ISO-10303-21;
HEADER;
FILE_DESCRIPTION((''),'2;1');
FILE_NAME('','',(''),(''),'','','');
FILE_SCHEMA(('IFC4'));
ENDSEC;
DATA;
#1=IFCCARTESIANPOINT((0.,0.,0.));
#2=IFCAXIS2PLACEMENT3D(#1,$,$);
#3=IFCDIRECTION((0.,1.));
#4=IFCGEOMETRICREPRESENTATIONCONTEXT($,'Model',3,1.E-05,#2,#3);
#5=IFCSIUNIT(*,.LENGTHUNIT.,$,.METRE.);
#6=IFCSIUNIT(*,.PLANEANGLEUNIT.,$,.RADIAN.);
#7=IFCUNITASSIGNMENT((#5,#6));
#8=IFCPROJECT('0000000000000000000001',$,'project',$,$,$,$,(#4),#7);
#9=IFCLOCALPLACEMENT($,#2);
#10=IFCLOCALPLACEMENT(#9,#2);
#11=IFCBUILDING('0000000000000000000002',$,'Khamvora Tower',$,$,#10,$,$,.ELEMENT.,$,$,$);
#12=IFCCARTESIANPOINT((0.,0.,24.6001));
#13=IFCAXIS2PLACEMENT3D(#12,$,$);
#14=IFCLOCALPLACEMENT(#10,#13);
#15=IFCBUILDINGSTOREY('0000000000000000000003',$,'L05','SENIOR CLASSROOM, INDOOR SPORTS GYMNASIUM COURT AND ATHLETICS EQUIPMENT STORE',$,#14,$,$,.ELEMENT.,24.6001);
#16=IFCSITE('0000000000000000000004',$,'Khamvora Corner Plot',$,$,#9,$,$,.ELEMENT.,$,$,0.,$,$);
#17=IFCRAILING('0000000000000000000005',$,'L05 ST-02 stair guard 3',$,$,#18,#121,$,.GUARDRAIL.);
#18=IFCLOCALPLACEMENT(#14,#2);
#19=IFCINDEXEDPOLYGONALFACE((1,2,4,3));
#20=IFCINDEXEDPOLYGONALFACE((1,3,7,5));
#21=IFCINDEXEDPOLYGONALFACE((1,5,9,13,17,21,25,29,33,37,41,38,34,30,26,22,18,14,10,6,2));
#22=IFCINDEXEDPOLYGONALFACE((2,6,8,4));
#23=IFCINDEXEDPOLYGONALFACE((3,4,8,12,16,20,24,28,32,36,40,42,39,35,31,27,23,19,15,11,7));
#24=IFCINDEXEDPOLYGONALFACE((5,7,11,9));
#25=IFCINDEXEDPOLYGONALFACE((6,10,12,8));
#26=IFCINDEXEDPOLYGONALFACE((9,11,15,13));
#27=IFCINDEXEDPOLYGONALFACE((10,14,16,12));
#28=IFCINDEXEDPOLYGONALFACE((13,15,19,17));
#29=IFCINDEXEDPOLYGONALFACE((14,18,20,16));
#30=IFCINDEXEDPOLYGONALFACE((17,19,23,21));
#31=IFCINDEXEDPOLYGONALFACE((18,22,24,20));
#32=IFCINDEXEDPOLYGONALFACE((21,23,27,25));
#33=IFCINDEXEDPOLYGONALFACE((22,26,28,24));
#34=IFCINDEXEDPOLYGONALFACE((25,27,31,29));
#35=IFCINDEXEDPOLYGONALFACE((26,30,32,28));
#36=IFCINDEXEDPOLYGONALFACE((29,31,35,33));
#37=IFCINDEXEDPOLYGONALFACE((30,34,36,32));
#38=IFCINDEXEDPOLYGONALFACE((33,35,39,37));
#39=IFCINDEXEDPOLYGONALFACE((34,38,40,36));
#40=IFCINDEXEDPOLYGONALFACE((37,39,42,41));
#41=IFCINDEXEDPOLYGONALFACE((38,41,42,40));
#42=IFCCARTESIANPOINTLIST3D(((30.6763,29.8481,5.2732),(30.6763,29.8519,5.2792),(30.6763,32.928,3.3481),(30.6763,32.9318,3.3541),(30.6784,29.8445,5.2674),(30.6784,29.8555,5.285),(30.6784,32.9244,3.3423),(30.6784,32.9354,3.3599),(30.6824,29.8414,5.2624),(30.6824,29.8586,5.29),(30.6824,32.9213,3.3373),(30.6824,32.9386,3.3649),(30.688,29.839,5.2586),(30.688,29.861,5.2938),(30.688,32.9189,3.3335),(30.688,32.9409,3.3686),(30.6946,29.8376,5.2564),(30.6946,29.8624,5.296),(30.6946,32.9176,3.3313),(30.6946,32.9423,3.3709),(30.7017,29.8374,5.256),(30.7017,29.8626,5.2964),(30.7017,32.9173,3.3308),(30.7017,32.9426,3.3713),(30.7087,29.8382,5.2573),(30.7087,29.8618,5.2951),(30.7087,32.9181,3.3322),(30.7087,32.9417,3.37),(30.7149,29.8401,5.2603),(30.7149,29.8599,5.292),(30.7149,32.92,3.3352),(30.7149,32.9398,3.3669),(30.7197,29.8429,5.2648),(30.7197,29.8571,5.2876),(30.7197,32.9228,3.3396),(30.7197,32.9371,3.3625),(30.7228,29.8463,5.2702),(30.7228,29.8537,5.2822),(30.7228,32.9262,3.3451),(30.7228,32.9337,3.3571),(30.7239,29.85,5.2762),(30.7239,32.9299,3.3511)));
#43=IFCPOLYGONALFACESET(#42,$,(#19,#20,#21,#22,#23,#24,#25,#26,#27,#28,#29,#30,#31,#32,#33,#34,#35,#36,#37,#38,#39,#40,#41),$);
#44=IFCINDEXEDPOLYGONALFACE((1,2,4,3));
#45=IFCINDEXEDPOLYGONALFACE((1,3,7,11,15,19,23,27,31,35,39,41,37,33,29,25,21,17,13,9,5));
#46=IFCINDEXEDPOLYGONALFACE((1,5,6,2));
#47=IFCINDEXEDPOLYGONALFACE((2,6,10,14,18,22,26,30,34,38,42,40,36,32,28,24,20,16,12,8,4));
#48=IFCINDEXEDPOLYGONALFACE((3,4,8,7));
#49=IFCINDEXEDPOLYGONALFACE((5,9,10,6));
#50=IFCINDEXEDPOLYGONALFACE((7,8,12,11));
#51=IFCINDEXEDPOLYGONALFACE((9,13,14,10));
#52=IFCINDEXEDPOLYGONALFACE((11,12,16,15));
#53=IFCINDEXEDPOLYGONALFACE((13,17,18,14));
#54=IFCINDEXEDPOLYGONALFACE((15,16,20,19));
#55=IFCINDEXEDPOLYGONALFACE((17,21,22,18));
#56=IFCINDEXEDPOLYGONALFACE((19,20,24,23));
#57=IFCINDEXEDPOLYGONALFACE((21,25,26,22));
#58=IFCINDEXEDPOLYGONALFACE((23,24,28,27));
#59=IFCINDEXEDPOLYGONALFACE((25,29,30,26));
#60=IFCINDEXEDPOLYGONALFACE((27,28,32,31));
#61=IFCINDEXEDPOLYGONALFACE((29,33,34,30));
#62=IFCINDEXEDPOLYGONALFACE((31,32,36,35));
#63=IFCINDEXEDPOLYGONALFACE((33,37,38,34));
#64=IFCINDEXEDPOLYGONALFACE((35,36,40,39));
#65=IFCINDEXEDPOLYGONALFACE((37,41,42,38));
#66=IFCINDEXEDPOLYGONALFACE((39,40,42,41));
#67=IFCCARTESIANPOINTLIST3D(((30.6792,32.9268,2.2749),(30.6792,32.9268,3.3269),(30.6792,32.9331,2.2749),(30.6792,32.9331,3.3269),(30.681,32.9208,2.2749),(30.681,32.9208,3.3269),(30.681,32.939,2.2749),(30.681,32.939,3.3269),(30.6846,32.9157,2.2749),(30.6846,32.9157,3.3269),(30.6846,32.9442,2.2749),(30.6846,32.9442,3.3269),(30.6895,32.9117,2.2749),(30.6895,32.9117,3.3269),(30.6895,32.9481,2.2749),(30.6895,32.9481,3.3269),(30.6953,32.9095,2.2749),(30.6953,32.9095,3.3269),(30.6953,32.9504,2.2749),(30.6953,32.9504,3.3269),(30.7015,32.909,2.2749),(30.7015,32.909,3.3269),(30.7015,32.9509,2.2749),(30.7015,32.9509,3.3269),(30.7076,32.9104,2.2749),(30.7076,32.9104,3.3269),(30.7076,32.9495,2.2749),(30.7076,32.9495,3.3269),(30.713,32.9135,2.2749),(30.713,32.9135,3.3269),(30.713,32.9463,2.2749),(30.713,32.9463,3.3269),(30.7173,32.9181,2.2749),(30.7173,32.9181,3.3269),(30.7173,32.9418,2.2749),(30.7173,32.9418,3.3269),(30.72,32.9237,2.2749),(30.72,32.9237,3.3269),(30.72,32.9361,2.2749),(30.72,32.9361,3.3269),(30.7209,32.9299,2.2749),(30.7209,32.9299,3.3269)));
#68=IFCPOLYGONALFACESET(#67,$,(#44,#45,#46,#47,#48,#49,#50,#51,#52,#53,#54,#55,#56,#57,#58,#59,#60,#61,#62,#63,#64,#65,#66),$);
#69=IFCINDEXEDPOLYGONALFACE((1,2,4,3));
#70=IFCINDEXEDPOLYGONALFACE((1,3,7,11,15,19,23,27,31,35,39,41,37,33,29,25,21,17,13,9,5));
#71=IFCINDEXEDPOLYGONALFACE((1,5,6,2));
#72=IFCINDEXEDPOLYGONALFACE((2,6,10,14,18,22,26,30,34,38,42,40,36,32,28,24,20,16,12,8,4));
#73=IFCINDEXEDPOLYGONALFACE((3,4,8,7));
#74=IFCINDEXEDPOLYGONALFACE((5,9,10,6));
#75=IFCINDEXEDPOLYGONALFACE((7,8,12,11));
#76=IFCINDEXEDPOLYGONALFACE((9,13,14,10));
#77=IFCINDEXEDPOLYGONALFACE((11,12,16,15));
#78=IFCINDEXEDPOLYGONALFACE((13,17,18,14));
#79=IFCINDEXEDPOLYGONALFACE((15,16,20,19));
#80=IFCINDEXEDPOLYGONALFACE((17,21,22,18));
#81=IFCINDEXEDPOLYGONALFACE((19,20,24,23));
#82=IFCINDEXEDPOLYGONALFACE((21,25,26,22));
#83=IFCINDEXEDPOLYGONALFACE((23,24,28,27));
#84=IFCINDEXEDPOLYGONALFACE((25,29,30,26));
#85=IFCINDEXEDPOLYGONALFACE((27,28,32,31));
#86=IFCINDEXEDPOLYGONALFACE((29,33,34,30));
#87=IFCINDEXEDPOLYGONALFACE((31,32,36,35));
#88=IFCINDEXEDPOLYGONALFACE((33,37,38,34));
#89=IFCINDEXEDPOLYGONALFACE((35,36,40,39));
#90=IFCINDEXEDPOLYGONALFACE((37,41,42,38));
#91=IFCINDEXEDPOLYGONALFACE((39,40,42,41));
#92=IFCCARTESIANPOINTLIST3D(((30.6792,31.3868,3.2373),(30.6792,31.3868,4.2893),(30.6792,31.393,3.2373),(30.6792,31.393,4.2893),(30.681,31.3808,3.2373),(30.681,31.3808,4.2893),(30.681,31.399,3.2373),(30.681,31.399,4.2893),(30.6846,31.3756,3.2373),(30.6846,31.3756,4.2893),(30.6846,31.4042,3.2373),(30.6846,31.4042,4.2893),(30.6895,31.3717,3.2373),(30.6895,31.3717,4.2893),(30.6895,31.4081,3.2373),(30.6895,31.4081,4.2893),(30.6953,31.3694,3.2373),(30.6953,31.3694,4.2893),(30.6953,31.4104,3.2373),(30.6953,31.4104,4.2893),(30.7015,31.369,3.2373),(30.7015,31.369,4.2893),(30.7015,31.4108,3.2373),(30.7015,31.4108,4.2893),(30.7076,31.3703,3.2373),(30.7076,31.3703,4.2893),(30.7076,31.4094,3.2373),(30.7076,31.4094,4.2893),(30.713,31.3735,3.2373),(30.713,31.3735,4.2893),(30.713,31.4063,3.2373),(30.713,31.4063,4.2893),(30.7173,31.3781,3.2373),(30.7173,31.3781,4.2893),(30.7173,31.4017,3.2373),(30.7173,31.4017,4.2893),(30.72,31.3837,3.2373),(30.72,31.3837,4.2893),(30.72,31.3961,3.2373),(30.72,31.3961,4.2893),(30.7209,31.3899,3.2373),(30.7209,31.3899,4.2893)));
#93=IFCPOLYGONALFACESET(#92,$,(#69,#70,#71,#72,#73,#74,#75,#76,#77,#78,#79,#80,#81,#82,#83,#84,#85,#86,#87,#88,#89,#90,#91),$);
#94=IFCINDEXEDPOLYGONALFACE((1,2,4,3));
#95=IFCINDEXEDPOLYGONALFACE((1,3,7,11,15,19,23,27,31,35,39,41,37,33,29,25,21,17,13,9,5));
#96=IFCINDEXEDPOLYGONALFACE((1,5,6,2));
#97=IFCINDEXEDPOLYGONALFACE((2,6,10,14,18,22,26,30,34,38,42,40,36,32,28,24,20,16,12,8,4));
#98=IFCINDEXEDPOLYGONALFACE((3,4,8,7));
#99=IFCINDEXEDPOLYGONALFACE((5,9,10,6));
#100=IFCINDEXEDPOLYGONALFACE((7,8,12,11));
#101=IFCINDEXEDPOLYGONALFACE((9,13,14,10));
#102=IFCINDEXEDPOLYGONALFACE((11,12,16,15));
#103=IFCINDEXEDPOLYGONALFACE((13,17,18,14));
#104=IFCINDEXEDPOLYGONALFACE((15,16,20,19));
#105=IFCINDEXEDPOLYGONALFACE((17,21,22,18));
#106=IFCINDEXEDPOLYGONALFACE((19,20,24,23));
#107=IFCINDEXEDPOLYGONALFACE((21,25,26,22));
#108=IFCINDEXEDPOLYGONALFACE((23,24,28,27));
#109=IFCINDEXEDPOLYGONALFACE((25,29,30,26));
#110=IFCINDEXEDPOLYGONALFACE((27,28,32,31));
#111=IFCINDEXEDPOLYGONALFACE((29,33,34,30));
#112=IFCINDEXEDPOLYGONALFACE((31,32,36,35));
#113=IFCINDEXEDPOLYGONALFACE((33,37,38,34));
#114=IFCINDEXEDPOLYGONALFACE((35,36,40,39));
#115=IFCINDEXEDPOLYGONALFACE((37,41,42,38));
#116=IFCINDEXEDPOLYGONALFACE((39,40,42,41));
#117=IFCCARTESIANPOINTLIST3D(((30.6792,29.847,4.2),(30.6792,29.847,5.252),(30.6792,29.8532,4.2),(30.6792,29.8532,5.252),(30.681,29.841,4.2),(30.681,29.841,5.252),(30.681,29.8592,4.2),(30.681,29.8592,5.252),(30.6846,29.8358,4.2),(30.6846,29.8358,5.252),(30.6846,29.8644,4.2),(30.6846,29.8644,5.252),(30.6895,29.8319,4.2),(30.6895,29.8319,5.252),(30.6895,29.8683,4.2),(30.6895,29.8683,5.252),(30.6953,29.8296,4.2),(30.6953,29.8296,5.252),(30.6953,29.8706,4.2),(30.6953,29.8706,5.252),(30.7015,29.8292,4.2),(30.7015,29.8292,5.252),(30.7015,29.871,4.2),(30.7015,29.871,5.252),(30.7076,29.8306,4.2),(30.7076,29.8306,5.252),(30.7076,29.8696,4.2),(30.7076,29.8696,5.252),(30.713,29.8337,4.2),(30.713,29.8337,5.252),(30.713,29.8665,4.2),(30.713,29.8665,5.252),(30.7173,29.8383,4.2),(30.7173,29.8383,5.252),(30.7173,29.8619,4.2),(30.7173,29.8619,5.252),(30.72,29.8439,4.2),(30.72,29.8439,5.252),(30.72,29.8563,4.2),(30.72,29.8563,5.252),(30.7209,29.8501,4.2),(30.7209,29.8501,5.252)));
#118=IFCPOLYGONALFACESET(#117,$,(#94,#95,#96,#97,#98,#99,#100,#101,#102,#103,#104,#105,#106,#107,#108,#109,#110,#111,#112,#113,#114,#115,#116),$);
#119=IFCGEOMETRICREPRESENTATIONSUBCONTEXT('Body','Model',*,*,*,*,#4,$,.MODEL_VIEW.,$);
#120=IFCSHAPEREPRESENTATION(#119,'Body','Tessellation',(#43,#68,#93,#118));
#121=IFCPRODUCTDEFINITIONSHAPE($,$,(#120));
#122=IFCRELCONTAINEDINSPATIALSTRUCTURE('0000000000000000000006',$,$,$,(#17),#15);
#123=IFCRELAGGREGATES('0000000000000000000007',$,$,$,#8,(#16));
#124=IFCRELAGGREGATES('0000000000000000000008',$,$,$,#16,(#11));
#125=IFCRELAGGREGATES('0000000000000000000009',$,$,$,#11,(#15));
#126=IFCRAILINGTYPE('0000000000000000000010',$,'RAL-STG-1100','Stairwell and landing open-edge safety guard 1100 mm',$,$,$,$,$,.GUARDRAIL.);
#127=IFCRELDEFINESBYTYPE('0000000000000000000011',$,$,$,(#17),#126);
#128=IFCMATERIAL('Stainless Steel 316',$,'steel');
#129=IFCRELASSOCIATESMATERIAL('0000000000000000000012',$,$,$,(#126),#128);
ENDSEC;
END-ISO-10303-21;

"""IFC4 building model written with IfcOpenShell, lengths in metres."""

from ifc_helpers import new_model, si_unit, direction, frame, origin, origin_2d, place, context, subcontext, project, spatial, circle, extrude, material, type_object, element, save


model = new_model("IFC4")

# Units and contexts
model_context = context("Model", 3, precision=1e-05, world=origin(), true_north=direction((0.0, 1.0)))
body_context = subcontext(model_context, "Body", "Model", "MODEL_VIEW")
ifc_project = project(units=[si_unit("LENGTHUNIT", "METRE"), si_unit("PLANEANGLEUNIT", "RADIAN")], contexts=[model_context])

# Site, building, storey
site_placement = place(None, origin())
site = spatial("IfcSite", under=ifc_project, at=site_placement, Name="Khamvora Corner Plot", CompositionType="ELEMENT", RefElevation=0.0)
building_placement = place(site_placement, origin())
building = spatial("IfcBuilding", under=site, at=building_placement, Name="Khamvora Tower", CompositionType="ELEMENT")
storey_placement = place(building_placement, frame((0.0, 0.0, 24.6001)))
storey = spatial("IfcBuildingStorey", under=building, at=storey_placement, Name="L05", Description="SENIOR CLASSROOM, INDOOR SPORTS GYMNASIUM COURT AND ATHLETICS EQUIPMENT STORE", CompositionType="ELEMENT", Elevation=24.6001)

# Railing
ifc_material_1 = material(Name="Stainless Steel 316", Category="steel")
railing_type_1 = type_object("IfcRailingType", Name="RAL-STG-1100", Description="Stairwell and landing open-edge safety guard 1100 mm", PredefinedType="GUARDRAIL", material=ifc_material_1)
railing_1_placement = place(storey_placement, frame((30.7, 32.9299, 2.2749)))
element("IfcRailing", 1, at=railing_1_placement, inside=storey, type_object=railing_type_1, Name="L05 ST-02 stair guard 3", PredefinedType="GUARDRAIL", context=body_context, shape_type="SweptSolid", body=[
    extrude(circle(Radius=0.0239, at=origin_2d()), frame((0.0, 0.0, 1.0762), z_axis=(0.0, -0.847979, 0.530029), x_axis=(1.0, 0.0, 0.0)), (0.0, 0.0, 1.0), 3.6321),
    extrude(circle(Radius=0.021, at=origin_2d()), origin(), (0.0, 0.0, 1.0), 1.052),
    extrude(circle(Radius=0.021, at=origin_2d()), frame((0.0, -1.54, 0.9624)), (0.0, 0.0, 1.0), 1.052),
    extrude(circle(Radius=0.021, at=origin_2d()), frame((0.0, -3.0798, 1.925)), (0.0, 0.0, 1.0), 1.052),
])

save(model, "model.ifc")
